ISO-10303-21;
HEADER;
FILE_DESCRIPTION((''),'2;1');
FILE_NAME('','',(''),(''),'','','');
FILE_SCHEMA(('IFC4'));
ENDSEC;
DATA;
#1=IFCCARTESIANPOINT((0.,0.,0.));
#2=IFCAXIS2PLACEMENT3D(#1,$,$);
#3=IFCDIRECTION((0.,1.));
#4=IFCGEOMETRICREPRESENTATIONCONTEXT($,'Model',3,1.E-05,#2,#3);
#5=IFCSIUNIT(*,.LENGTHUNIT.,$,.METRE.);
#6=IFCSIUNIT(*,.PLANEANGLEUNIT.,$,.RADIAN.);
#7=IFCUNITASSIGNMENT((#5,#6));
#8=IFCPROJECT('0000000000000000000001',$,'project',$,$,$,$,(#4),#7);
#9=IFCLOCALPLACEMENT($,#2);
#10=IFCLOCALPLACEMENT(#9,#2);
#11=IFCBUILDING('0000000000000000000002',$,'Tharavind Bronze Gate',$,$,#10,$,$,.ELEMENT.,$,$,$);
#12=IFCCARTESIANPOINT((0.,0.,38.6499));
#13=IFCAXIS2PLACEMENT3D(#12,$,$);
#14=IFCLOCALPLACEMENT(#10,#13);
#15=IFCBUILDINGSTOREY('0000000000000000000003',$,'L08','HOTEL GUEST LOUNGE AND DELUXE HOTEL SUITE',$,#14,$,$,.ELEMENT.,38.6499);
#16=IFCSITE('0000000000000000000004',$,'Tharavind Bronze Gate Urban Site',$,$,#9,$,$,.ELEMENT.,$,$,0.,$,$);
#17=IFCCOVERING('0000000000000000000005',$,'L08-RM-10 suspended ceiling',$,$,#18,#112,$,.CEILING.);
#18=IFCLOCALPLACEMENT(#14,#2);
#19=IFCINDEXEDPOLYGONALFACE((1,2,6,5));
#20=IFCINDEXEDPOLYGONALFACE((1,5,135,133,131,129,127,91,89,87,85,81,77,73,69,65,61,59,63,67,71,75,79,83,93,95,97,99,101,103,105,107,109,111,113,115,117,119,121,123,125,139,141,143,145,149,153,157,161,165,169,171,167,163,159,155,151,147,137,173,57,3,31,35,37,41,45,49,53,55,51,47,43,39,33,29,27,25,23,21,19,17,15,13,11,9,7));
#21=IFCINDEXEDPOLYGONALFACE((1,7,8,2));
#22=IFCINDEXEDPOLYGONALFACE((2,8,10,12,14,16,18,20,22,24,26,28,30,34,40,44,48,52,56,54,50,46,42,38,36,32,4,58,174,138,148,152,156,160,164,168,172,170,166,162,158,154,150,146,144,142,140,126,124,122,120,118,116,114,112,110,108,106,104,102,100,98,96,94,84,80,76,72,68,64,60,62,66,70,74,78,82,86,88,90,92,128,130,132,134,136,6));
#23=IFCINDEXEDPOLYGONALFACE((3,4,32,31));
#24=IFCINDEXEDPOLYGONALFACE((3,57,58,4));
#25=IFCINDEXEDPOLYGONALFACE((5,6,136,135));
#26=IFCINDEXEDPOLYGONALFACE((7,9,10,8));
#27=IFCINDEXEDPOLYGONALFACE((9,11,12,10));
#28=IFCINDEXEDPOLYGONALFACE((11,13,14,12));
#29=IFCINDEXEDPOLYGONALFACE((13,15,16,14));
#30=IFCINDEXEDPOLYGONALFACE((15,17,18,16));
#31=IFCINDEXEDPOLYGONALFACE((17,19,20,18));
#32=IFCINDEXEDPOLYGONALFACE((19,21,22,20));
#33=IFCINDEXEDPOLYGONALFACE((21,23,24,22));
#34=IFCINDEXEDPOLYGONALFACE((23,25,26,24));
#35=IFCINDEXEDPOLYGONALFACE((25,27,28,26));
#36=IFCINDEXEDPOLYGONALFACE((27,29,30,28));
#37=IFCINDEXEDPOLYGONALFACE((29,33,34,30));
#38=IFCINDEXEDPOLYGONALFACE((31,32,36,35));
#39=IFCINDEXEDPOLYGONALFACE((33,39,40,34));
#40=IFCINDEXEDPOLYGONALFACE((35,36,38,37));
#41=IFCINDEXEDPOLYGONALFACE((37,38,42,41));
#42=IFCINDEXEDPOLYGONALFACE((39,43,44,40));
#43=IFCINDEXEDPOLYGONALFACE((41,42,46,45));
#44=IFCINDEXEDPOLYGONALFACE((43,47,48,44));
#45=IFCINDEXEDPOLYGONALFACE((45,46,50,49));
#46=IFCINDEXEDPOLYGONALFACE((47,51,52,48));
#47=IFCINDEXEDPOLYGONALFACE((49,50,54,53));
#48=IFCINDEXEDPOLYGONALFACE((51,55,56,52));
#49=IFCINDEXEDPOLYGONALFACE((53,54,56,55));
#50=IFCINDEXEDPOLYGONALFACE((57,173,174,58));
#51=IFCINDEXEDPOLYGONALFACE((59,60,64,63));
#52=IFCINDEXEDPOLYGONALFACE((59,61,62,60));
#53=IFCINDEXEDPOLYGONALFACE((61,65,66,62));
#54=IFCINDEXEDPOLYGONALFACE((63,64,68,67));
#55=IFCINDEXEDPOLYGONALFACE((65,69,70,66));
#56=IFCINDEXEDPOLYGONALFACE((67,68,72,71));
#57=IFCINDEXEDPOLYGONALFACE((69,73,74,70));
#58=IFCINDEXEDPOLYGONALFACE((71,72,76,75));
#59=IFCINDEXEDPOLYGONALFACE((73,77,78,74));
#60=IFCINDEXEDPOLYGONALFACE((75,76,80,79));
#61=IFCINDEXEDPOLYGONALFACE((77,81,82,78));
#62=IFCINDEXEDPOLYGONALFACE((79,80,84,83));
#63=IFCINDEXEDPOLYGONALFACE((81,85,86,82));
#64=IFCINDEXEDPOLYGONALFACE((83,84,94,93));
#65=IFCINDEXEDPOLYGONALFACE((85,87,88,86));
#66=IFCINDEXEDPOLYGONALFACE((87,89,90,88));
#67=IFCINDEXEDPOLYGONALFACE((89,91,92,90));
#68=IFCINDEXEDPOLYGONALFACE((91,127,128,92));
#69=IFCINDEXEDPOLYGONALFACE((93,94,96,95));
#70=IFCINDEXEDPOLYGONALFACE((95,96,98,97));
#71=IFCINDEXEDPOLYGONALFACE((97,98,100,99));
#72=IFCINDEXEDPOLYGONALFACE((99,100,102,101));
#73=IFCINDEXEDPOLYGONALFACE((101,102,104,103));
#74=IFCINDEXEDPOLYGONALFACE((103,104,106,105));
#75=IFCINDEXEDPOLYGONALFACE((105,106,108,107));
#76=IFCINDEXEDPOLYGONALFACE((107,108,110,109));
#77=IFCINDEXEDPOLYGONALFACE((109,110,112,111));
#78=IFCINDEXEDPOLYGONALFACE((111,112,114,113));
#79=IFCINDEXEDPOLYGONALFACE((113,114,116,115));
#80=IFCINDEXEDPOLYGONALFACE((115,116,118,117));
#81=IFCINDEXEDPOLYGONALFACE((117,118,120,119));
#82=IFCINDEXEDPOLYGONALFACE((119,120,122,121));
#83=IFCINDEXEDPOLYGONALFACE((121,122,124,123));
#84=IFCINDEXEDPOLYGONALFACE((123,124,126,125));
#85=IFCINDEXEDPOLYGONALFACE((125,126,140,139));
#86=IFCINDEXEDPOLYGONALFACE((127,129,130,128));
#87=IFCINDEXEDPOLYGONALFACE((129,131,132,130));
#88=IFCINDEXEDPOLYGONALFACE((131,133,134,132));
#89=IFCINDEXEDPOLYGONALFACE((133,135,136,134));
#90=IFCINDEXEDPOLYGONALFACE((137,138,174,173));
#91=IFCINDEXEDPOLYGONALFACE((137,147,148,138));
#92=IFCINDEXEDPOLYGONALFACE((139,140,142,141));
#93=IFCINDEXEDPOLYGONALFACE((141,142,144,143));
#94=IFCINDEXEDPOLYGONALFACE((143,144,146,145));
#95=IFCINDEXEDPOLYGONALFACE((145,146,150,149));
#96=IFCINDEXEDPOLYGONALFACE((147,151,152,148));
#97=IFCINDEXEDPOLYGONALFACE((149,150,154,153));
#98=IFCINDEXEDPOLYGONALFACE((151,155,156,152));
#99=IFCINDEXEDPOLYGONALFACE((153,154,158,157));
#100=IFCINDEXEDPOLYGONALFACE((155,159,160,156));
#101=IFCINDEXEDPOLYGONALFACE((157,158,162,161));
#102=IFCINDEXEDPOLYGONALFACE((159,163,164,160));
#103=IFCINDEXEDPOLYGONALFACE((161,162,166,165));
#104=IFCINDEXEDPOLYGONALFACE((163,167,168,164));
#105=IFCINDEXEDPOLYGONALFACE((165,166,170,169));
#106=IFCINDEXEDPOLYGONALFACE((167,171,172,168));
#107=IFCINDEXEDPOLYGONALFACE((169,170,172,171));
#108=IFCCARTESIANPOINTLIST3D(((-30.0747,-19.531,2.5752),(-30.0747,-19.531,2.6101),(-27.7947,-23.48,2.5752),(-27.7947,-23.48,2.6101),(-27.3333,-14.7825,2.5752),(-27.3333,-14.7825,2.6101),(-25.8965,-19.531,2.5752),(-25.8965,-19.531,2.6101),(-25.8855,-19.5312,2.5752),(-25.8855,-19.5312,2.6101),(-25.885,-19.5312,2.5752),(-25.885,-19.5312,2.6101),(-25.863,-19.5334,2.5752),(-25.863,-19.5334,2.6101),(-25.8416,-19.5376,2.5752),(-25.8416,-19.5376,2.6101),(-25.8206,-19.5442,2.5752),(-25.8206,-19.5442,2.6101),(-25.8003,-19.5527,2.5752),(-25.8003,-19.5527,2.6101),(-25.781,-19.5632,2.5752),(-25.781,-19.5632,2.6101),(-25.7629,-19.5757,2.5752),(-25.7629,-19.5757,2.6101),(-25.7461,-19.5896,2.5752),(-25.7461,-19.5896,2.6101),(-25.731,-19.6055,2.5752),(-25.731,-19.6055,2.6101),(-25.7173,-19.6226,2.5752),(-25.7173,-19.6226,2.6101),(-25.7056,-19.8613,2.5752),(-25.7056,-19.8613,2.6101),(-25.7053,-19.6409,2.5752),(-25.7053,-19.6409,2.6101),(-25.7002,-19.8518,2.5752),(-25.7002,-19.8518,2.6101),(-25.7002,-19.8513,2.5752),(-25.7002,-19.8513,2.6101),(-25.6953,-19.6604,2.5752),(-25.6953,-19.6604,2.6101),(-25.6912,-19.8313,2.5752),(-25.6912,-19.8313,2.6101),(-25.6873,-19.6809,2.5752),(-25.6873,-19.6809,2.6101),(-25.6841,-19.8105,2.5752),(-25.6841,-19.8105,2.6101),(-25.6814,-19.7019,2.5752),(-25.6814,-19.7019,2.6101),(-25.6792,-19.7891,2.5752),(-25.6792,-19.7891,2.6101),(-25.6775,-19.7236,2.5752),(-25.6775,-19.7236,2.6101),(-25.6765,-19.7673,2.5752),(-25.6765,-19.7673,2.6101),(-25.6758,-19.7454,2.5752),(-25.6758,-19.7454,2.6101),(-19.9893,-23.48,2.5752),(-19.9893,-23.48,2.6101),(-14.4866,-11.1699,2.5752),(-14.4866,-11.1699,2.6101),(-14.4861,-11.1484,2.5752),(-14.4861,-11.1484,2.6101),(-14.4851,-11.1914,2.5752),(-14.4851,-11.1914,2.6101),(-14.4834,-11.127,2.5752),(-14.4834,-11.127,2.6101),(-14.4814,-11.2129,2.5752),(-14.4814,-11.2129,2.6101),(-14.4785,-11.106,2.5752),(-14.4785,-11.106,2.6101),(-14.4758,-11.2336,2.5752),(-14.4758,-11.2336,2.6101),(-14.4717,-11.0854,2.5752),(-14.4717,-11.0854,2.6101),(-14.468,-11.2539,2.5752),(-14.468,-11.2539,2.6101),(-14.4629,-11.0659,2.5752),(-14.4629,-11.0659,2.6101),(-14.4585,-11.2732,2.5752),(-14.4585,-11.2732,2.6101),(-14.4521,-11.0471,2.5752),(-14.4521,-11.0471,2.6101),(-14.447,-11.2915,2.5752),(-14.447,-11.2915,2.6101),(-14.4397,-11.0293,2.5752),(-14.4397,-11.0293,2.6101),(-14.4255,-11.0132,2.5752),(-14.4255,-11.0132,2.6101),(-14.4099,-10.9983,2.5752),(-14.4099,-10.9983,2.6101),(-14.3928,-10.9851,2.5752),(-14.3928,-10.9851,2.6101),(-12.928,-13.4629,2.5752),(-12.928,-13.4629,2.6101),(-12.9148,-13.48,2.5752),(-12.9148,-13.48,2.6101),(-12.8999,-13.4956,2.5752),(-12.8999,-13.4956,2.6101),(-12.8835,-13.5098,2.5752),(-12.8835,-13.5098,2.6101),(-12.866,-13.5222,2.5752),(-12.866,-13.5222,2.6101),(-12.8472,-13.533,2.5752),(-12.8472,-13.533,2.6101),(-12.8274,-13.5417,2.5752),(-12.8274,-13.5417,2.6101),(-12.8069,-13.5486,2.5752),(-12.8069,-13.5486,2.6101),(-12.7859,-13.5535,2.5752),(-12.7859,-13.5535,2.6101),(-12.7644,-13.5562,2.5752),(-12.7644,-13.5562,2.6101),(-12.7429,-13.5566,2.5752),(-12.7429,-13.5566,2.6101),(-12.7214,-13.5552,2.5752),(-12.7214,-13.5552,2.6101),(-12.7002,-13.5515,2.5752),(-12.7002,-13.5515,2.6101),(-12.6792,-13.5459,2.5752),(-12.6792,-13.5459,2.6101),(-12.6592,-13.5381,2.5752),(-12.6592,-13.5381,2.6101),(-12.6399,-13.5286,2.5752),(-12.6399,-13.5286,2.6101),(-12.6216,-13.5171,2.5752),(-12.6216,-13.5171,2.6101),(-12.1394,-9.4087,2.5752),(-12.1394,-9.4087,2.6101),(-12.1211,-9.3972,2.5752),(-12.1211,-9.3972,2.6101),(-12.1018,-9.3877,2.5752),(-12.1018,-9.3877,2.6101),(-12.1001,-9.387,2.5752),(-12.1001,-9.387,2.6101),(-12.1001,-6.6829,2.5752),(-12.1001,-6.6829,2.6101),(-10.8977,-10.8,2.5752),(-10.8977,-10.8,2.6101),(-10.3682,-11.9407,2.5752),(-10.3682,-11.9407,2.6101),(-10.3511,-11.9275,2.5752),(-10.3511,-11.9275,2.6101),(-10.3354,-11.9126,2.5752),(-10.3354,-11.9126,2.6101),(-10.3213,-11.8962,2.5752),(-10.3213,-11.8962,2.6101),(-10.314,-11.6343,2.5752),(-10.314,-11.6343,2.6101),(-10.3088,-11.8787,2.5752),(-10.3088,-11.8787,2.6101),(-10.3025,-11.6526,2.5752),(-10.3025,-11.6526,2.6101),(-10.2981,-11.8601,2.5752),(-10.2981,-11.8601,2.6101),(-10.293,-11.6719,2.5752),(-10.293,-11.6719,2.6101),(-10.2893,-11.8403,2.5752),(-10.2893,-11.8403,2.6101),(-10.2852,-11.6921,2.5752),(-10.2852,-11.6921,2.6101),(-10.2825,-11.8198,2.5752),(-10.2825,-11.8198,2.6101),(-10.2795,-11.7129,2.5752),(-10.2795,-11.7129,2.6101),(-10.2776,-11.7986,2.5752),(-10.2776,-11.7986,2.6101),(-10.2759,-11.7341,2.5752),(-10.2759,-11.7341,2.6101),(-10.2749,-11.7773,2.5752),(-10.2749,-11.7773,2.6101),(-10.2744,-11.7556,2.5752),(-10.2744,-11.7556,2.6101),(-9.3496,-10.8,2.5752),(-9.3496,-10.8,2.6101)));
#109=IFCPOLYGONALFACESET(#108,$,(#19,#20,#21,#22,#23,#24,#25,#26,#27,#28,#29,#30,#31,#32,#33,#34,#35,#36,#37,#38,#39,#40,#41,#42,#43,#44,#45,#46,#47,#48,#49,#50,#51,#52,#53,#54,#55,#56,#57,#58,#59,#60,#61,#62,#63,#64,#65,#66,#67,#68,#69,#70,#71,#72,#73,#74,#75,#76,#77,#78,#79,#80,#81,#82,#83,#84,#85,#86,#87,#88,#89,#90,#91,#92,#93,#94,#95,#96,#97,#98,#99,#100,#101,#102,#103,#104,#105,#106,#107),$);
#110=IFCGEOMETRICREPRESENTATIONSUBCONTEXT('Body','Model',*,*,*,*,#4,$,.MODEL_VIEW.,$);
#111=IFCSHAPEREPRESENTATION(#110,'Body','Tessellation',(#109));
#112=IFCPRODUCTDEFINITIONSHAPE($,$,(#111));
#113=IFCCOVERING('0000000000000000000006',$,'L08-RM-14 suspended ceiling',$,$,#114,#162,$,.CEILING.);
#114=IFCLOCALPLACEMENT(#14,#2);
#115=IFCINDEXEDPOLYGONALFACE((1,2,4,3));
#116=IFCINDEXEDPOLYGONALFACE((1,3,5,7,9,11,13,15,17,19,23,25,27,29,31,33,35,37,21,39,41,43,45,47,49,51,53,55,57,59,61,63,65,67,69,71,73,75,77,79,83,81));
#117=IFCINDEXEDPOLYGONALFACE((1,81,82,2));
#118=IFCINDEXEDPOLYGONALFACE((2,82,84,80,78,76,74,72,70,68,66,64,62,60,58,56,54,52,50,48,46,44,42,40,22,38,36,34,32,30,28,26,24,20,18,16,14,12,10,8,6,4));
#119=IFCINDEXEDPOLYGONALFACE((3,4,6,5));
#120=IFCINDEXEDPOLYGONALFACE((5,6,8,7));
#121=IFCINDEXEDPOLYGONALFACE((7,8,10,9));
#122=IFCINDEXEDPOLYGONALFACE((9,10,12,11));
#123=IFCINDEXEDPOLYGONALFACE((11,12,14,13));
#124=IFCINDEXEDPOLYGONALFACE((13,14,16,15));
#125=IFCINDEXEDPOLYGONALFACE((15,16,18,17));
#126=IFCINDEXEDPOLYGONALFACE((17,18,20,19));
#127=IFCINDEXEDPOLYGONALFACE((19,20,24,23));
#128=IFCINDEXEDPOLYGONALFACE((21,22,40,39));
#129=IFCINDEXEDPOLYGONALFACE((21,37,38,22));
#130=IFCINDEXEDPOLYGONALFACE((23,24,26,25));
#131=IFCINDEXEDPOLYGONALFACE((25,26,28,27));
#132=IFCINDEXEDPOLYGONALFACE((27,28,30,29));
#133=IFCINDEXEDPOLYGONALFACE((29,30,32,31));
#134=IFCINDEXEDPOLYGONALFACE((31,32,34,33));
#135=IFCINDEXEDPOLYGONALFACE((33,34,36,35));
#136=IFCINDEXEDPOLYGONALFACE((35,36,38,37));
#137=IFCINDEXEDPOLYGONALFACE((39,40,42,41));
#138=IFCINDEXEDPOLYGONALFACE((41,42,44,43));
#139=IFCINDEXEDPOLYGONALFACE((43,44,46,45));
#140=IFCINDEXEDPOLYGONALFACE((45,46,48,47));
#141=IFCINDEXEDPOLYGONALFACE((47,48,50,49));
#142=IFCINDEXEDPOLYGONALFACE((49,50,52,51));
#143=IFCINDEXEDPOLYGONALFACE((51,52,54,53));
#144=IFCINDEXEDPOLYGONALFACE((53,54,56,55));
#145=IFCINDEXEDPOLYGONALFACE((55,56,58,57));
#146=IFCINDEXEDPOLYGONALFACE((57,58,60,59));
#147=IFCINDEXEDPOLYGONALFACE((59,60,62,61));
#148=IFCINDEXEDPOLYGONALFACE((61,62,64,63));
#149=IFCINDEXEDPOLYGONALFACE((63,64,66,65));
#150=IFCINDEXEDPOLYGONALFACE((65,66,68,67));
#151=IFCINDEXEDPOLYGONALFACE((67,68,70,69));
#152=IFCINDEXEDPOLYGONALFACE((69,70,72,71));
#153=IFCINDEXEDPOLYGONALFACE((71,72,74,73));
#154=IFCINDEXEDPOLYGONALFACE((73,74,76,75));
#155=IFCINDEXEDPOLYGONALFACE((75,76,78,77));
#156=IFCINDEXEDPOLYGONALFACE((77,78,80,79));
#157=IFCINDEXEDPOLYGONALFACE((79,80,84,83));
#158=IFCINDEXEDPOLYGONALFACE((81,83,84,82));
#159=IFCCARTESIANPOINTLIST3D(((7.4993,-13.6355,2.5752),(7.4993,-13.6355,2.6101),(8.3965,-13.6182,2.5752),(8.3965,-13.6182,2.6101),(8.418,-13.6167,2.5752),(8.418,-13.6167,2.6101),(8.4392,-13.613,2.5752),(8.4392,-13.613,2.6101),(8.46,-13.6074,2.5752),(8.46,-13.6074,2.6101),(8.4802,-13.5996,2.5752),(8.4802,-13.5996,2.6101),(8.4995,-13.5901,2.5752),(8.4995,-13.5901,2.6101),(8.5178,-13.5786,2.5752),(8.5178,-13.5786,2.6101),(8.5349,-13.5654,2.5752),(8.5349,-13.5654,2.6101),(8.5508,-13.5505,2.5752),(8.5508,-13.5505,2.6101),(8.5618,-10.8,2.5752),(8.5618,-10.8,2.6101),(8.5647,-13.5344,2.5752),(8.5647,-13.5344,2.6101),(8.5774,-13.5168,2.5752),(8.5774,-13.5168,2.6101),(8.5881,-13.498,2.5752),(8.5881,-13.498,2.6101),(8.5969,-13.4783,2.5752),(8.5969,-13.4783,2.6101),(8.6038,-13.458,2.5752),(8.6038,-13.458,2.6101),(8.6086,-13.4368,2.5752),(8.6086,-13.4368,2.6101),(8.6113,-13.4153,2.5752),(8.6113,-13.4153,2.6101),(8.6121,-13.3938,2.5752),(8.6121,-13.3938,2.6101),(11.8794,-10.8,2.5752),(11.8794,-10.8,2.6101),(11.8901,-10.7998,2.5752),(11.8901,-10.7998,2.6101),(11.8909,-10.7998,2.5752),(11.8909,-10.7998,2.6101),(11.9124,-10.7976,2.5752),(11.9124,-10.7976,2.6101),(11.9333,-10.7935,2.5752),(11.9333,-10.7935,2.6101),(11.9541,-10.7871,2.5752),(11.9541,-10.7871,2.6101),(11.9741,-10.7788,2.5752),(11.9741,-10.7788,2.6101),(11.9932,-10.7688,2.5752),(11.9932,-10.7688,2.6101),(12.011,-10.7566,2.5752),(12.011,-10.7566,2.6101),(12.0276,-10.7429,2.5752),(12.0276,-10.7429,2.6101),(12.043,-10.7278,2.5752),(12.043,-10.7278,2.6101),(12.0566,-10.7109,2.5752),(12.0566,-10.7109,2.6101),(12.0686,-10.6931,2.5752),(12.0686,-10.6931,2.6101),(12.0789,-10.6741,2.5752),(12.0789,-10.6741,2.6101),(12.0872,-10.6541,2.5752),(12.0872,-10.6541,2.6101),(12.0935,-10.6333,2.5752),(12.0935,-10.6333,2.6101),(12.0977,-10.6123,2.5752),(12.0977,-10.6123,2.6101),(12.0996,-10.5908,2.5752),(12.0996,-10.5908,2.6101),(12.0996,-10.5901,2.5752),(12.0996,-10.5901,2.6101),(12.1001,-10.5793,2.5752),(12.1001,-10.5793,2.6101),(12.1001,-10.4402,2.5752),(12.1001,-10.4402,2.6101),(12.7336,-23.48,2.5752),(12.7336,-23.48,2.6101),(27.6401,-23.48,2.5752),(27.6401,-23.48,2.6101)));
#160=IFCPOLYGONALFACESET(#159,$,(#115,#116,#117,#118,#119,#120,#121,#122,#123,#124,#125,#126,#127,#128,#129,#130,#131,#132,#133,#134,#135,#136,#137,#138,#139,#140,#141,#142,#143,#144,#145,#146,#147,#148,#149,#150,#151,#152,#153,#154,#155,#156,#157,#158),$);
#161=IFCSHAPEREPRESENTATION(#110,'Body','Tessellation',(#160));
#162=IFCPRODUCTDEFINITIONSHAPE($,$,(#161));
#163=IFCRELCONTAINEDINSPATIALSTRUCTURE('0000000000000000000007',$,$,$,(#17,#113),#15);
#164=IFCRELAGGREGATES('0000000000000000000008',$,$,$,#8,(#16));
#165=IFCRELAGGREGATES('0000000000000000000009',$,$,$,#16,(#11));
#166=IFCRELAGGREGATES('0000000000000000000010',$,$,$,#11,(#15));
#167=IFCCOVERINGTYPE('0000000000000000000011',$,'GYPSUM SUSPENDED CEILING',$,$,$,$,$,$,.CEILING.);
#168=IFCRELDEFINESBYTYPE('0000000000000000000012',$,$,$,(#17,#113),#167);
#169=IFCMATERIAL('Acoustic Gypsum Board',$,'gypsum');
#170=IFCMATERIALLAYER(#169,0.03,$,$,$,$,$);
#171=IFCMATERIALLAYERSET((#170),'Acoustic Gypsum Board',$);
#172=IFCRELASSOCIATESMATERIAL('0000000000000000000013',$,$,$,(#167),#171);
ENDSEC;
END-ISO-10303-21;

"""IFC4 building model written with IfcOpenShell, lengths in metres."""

from ifc_helpers import new_model, si_unit, direction, frame, origin, place, context, subcontext, project, spatial, polyline, outline, extrude, material, layer, layer_set, type_object, element, save


model = new_model("IFC4")

# Units and contexts
model_context = context("Model", 3, precision=1e-05, world=origin(), true_north=direction((0.0, 1.0)))
body_context = subcontext(model_context, "Body", "Model", "MODEL_VIEW")
ifc_project = project(units=[si_unit("LENGTHUNIT", "METRE"), si_unit("PLANEANGLEUNIT", "RADIAN")], contexts=[model_context])

# Site, building, storey
site_placement = place(None, origin())
site = spatial("IfcSite", under=ifc_project, at=site_placement, Name="Tharavind Bronze Gate Urban Site", CompositionType="ELEMENT", RefElevation=0.0)
building_placement = place(site_placement, origin())
building = spatial("IfcBuilding", under=site, at=building_placement, Name="Tharavind Bronze Gate", CompositionType="ELEMENT")
storey_placement = place(building_placement, frame((0.0, 0.0, 38.6499)))
storey = spatial("IfcBuildingStorey", under=building, at=storey_placement, Name="L08", Description="HOTEL GUEST LOUNGE AND DELUXE HOTEL SUITE", CompositionType="ELEMENT", Elevation=38.6499)

# Coverings
ifc_material_1 = material(Name="Acoustic Gypsum Board", Category="gypsum")
ifc_layer_1 = layer(ifc_material_1, 0.03)
ifc_layer_set_1 = layer_set([ifc_layer_1], Name="Acoustic Gypsum Board")
covering_type_1 = type_object("IfcCoveringType", Name="GYPSUM SUSPENDED CEILING", PredefinedType="CEILING", material=ifc_layer_set_1)
covering_1_placement = place(storey_placement, frame((0.0, 0.0, 2.5752)))
element("IfcCovering", 1, at=covering_1_placement, inside=storey, type_object=covering_type_1, Name="L08-RM-10 suspended ceiling", PredefinedType="CEILING", context=body_context, shape_type="SweptSolid", body=[
    extrude(outline(polyline([(-25.8965, -19.531), (-25.8855, -19.5312), (-25.885, -19.5312), (-25.863, -19.5334), (-25.8416, -19.5376), (-25.8206, -19.5442), (-25.8003, -19.5527), (-25.781, -19.5632), (-25.7629, -19.5757), (-25.7461, -19.5896), (-25.731, -19.6055), (-25.7173, -19.6226), (-25.7053, -19.6409), (-25.6953, -19.6604), (-25.6873, -19.6809), (-25.6814, -19.7019), (-25.6775, -19.7236), (-25.6758, -19.7454), (-25.6765, -19.7673), (-25.6792, -19.7891), (-25.6841, -19.8105), (-25.6912, -19.8313), (-25.7002, -19.8513), (-25.7002, -19.8518), (-25.7056, -19.8613), (-27.7947, -23.48), (-19.9893, -23.48), (-9.3496, -10.8), (-10.8977, -10.8), (-10.314, -11.6343), (-10.3025, -11.6526), (-10.293, -11.6719), (-10.2852, -11.6921), (-10.2795, -11.7129), (-10.2759, -11.7341), (-10.2744, -11.7556), (-10.2749, -11.7773), (-10.2776, -11.7986), (-10.2825, -11.8198), (-10.2893, -11.8403), (-10.2981, -11.8601), (-10.3088, -11.8787), (-10.3213, -11.8962), (-10.3354, -11.9126), (-10.3511, -11.9275), (-10.3682, -11.9407), (-12.6216, -13.5171), (-12.6399, -13.5286), (-12.6592, -13.5381), (-12.6792, -13.5459), (-12.7002, -13.5515), (-12.7214, -13.5552), (-12.7429, -13.5566), (-12.7644, -13.5562), (-12.7859, -13.5535), (-12.8069, -13.5486), (-12.8274, -13.5417), (-12.8472, -13.533), (-12.866, -13.5222), (-12.8835, -13.5098), (-12.8999, -13.4956), (-12.9148, -13.48), (-12.928, -13.4629), (-14.447, -11.2915), (-14.4585, -11.2732), (-14.468, -11.2539), (-14.4758, -11.2336), (-14.4814, -11.2129), (-14.4851, -11.1914), (-14.4866, -11.1699), (-14.4861, -11.1484), (-14.4834, -11.127), (-14.4785, -11.106), (-14.4717, -11.0854), (-14.4629, -11.0659), (-14.4521, -11.0471), (-14.4397, -11.0293), (-14.4255, -11.0132), (-14.4099, -10.9983), (-14.3928, -10.9851), (-12.1394, -9.4087), (-12.1211, -9.3972), (-12.1018, -9.3877), (-12.1001, -9.387), (-12.1001, -6.6829), (-27.3333, -14.7825), (-30.0747, -19.531), (-25.8965, -19.531)])), origin(), (0.0, 0.0, 1.0), 0.0349),
])
covering_2_placement = place(storey_placement, frame((0.0, 0.0, 2.5752)))
element("IfcCovering", 2, at=covering_2_placement, inside=storey, type_object=covering_type_1, Name="L08-RM-14 suspended ceiling", PredefinedType="CEILING", context=body_context, shape_type="SweptSolid", body=[
    extrude(outline(polyline([(8.6121, -13.3938), (8.6113, -13.4153), (8.6086, -13.4368), (8.6038, -13.458), (8.5969, -13.4783), (8.5881, -13.498), (8.5774, -13.5168), (8.5647, -13.5344), (8.5508, -13.5505), (8.5349, -13.5654), (8.5178, -13.5786), (8.4995, -13.5901), (8.4802, -13.5996), (8.46, -13.6074), (8.4392, -13.613), (8.418, -13.6167), (8.3965, -13.6182), (7.4993, -13.6355), (12.7336, -23.48), (27.6401, -23.48), (12.1001, -10.4402), (12.1001, -10.5793), (12.0996, -10.5901), (12.0996, -10.5908), (12.0977, -10.6123), (12.0935, -10.6333), (12.0872, -10.6541), (12.0789, -10.6741), (12.0686, -10.6931), (12.0566, -10.7109), (12.043, -10.7278), (12.0276, -10.7429), (12.011, -10.7566), (11.9932, -10.7688), (11.9741, -10.7788), (11.9541, -10.7871), (11.9333, -10.7935), (11.9124, -10.7976), (11.8909, -10.7998), (11.8901, -10.7998), (11.8794, -10.8), (8.5618, -10.8), (8.6121, -13.3938)])), origin(), (0.0, 0.0, 1.0), 0.0349),
])

save(model, "model.ifc")
